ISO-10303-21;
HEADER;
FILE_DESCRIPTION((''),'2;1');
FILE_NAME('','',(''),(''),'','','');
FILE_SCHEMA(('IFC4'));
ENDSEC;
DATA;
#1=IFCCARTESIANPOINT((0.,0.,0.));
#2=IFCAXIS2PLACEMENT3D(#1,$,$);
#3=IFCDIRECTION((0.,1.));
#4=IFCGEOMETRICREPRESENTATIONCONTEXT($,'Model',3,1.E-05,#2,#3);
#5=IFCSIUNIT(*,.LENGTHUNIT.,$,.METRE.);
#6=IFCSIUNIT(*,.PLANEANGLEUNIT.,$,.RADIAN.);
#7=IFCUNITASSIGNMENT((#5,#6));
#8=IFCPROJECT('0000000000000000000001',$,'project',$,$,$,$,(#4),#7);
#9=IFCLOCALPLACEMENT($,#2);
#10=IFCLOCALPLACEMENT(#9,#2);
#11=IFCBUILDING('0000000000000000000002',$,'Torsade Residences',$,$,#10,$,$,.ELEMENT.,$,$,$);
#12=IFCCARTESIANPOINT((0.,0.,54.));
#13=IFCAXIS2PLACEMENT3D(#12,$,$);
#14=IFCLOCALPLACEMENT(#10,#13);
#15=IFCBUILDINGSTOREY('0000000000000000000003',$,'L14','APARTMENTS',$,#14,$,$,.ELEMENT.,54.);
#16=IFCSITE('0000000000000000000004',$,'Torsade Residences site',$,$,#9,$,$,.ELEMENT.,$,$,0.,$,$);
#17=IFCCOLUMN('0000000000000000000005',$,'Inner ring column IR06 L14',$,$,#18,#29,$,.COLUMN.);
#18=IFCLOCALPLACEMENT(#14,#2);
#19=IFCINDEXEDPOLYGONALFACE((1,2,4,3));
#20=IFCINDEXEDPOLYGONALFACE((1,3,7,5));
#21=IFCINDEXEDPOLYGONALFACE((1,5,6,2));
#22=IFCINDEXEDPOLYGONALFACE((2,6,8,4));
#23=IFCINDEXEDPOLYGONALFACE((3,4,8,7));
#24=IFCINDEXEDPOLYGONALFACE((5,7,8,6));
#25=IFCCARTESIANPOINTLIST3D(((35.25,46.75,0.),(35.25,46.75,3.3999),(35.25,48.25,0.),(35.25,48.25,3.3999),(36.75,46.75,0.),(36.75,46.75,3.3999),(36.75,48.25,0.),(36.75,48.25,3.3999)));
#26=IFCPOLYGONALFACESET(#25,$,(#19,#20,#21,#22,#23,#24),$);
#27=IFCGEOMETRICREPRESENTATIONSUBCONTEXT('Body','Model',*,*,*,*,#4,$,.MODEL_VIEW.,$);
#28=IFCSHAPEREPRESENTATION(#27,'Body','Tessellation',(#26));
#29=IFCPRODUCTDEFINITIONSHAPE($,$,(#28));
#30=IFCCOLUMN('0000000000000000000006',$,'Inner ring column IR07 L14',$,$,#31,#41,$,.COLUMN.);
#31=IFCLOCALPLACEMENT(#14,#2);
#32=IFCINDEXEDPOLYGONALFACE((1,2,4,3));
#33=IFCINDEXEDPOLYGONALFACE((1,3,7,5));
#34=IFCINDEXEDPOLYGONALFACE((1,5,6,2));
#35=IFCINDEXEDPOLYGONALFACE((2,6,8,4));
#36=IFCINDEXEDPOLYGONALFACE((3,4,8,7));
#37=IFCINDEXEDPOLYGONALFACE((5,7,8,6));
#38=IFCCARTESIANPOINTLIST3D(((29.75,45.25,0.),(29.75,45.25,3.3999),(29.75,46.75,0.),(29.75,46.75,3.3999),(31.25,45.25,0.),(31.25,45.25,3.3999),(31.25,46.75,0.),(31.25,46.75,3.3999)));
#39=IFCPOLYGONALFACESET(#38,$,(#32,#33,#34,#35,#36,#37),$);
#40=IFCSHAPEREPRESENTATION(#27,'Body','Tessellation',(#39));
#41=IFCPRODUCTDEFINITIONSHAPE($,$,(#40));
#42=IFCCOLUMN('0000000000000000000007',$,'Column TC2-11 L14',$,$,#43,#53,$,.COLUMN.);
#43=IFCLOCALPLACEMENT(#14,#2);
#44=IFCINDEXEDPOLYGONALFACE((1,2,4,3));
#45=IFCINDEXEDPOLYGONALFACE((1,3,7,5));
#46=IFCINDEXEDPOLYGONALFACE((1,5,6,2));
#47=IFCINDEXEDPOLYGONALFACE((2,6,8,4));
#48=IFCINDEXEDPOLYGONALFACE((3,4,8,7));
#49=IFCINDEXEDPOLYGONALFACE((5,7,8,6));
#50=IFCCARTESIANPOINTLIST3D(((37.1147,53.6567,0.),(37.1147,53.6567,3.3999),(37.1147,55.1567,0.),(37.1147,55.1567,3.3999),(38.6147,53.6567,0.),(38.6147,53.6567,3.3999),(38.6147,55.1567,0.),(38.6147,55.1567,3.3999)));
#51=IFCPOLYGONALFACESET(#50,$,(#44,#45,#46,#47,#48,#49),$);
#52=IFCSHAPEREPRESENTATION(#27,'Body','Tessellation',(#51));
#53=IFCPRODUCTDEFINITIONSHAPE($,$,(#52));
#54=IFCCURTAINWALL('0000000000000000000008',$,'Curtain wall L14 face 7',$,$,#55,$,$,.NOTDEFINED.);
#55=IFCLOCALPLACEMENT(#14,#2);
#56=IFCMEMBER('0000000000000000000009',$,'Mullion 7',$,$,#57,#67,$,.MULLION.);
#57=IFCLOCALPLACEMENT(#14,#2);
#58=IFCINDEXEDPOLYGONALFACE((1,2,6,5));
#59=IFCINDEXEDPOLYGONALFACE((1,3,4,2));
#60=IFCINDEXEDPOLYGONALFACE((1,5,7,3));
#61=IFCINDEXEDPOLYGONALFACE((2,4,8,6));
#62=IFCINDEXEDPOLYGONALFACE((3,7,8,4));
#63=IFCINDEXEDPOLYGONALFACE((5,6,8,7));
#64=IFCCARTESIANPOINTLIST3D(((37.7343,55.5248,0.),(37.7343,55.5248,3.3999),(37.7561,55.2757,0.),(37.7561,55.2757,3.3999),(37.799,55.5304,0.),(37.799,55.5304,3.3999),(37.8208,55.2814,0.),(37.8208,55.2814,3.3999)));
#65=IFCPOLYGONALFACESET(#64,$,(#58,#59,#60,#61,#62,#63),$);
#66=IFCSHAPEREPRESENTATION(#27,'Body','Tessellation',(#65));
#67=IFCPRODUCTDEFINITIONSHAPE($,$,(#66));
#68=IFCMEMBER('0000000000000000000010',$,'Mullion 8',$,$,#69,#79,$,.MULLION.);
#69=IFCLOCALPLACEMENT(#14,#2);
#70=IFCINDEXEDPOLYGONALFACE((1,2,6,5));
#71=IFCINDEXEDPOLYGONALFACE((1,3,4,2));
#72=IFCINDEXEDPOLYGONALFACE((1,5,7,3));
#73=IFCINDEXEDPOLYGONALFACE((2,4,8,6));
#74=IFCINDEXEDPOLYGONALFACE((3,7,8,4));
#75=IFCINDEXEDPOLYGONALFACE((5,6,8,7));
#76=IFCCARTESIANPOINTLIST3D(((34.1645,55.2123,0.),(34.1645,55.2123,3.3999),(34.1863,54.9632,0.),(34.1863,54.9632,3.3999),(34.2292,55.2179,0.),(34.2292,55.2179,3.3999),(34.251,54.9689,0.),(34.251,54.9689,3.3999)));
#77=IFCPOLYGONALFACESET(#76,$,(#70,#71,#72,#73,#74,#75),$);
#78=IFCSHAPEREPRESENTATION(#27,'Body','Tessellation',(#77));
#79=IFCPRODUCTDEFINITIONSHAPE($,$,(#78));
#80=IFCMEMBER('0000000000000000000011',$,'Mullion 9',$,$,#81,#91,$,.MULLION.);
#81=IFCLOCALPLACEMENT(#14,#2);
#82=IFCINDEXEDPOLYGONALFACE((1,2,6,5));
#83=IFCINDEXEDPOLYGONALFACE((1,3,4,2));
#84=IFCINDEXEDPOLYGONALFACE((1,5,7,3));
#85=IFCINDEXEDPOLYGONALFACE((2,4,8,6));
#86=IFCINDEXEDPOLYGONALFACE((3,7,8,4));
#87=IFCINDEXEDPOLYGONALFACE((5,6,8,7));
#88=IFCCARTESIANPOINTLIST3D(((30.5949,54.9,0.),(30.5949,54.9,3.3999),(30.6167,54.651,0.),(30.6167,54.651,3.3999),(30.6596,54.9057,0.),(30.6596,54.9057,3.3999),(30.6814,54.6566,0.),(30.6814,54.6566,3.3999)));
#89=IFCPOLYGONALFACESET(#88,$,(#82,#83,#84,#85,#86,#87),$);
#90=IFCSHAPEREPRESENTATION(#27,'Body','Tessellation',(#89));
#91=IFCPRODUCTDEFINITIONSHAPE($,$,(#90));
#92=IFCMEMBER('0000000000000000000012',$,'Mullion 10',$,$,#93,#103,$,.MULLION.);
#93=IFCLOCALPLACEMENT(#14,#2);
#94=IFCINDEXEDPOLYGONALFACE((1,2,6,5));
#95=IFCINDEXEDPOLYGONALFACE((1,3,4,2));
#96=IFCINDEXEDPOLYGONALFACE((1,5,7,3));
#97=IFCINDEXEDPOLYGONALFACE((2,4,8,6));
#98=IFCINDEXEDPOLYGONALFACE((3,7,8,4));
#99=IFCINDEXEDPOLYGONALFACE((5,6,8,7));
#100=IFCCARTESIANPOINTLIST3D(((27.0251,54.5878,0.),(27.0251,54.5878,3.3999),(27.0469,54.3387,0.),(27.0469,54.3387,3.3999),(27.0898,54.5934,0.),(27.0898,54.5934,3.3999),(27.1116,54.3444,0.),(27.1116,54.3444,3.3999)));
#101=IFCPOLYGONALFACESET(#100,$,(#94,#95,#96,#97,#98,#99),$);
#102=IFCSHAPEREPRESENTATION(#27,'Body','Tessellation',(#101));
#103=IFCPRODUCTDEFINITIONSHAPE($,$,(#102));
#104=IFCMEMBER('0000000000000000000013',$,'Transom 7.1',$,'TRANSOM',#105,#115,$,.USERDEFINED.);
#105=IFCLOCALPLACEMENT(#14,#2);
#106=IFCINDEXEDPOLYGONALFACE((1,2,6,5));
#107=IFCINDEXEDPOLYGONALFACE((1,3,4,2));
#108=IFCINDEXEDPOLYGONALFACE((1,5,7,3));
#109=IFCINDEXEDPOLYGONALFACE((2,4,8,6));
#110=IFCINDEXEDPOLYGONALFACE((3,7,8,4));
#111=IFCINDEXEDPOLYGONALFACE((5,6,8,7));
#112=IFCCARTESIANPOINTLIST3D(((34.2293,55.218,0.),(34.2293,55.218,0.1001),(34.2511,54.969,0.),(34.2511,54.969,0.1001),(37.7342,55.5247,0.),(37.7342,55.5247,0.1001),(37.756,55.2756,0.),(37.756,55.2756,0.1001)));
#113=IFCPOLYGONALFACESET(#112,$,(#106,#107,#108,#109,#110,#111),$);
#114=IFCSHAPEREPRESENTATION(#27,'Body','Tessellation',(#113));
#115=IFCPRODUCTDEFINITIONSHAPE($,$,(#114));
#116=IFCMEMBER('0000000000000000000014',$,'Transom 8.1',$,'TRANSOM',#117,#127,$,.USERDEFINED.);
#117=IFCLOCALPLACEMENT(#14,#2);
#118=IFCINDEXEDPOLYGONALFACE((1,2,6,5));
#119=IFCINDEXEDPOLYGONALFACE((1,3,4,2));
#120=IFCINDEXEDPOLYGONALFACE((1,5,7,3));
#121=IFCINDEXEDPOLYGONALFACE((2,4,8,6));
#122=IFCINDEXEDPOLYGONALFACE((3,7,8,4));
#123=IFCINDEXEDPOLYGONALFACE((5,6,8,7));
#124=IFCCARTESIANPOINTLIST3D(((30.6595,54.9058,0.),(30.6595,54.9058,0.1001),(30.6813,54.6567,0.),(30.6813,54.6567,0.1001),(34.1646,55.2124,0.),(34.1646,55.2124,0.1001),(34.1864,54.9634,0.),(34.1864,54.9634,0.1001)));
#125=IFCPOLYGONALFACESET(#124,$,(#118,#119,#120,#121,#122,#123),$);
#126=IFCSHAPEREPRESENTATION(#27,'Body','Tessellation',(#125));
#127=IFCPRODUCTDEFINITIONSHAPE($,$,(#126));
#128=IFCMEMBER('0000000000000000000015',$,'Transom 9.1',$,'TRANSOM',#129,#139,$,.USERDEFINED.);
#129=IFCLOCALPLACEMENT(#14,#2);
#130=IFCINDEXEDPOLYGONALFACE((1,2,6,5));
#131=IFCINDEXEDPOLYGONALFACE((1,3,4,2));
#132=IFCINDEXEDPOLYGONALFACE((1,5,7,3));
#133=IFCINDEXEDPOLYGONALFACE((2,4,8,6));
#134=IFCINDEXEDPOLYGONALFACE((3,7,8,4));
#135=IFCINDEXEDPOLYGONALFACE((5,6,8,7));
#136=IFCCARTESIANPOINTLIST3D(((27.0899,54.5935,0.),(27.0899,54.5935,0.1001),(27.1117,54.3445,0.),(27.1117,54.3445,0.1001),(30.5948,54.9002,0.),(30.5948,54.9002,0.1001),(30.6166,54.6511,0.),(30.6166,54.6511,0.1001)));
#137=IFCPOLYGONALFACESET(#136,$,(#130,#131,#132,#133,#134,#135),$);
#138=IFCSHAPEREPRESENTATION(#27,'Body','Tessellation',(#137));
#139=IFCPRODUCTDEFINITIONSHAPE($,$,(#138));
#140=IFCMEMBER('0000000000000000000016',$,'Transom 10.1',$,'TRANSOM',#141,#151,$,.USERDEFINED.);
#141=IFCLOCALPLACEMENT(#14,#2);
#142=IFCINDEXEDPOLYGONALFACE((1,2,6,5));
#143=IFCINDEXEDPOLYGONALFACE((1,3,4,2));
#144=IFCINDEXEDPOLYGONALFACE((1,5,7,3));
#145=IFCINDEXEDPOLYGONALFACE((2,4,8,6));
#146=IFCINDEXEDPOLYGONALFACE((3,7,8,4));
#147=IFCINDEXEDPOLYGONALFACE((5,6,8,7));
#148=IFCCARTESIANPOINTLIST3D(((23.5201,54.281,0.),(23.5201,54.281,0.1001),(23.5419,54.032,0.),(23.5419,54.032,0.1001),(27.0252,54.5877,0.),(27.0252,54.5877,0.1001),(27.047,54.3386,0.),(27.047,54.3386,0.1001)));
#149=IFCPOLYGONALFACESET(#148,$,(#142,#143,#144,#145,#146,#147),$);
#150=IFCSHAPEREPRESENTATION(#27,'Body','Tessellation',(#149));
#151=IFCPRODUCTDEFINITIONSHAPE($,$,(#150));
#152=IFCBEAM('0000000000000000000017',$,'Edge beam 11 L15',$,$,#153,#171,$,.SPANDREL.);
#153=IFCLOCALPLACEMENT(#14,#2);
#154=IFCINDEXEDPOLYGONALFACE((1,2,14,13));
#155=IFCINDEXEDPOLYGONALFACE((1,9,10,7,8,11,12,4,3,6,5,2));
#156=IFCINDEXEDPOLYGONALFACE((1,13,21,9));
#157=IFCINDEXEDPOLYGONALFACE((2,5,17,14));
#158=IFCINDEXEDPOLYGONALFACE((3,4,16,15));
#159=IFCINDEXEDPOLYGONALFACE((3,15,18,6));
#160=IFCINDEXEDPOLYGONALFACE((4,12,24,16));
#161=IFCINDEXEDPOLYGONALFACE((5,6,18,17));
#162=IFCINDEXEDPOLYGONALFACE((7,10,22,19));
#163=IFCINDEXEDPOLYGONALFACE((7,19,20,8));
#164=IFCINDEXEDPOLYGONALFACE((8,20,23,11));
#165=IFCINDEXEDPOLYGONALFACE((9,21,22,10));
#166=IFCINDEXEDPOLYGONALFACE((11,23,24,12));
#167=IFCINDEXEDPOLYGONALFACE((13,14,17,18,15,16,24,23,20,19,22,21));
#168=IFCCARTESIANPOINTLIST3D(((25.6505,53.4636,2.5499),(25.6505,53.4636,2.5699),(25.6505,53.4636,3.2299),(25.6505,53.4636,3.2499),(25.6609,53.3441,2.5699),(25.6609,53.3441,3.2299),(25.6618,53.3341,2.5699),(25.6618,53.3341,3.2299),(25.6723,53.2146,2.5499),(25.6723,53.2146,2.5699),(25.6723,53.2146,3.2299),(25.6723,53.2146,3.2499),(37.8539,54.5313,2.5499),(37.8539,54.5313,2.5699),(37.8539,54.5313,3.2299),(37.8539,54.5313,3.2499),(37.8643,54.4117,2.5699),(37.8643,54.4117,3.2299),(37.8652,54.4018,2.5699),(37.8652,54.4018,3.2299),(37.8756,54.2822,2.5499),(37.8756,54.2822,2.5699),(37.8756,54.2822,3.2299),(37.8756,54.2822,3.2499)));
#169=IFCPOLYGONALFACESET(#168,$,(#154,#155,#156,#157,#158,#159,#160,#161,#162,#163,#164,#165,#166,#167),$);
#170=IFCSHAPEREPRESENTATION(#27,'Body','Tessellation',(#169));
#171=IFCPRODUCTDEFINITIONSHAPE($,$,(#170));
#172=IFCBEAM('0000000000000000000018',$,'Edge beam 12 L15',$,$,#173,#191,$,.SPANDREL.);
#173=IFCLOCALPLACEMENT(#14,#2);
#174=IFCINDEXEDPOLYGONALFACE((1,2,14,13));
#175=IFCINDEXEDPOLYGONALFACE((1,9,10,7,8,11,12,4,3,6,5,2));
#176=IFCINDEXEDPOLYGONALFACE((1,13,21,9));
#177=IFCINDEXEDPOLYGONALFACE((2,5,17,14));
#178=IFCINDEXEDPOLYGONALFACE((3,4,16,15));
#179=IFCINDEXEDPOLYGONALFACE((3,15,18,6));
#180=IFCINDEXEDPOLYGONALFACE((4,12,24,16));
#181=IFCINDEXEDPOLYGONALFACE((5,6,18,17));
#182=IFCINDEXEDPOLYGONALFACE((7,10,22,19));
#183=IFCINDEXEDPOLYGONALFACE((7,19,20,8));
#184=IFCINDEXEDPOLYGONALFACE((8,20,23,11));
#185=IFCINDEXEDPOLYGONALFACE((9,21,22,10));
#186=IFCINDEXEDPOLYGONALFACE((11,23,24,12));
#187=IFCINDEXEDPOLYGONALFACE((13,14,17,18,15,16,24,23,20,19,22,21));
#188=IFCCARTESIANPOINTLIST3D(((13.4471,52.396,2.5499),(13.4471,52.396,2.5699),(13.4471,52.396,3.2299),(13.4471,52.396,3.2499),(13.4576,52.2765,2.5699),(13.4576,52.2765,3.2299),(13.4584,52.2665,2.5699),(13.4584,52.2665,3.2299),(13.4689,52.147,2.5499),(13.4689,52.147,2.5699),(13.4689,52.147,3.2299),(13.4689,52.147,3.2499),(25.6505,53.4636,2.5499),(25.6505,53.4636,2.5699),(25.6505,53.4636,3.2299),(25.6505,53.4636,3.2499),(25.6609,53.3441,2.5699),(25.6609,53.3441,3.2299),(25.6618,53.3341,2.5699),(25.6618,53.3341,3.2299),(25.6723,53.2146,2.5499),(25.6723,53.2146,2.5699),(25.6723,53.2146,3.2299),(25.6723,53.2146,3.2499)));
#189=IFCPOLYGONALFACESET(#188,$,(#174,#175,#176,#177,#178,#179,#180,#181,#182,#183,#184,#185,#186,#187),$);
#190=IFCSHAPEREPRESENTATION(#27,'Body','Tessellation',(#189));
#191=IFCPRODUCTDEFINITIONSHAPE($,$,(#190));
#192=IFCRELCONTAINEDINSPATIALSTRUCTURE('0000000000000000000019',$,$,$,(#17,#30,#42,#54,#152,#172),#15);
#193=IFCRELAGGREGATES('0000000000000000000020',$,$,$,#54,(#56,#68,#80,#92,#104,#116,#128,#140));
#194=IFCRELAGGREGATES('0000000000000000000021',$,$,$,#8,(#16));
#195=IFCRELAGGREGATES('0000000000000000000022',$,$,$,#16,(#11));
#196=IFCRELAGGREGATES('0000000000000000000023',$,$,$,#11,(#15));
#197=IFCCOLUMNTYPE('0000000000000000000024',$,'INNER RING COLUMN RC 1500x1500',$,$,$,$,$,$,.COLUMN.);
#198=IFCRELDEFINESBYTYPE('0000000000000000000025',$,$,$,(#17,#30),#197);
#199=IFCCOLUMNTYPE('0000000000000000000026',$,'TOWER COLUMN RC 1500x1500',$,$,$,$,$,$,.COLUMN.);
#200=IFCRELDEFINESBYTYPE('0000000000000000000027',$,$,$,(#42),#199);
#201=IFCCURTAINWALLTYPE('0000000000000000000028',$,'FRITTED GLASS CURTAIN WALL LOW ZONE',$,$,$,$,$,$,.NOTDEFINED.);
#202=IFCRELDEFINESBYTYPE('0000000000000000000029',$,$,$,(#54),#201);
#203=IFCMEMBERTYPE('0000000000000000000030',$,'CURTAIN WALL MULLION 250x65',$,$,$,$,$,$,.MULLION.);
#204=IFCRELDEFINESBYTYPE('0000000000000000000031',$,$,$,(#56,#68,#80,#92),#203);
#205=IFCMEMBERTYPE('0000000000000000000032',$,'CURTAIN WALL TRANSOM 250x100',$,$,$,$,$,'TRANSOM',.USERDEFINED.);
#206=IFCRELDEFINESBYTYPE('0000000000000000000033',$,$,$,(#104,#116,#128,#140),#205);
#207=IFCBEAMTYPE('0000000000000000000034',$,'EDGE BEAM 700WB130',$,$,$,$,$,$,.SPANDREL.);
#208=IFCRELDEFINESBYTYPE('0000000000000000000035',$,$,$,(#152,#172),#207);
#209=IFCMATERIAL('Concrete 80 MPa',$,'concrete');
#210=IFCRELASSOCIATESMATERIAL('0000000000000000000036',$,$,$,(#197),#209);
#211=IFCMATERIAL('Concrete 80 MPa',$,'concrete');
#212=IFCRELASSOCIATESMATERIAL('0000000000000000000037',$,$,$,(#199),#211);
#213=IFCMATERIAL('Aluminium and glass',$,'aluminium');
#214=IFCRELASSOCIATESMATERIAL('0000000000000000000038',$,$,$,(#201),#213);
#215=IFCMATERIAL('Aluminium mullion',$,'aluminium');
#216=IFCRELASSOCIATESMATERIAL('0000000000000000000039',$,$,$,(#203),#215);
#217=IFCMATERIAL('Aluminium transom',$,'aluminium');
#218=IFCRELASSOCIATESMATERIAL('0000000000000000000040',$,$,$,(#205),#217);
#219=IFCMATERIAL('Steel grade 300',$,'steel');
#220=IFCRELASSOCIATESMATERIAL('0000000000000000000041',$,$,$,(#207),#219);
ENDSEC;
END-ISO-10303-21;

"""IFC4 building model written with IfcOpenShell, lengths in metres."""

from ifc_helpers import new_model, si_unit, direction, frame, origin, origin_2d, place, context, subcontext, project, spatial, rectangle, i_section, extrude, material, material_profile, profile_set, type_object, element, aggregate, save


model = new_model("IFC4")

# Units and contexts
model_context = context("Model", 3, precision=1e-05, world=origin(), true_north=direction((0.0, 1.0)))
body_context = subcontext(model_context, "Body", "Model", "MODEL_VIEW")
ifc_project = project(units=[si_unit("LENGTHUNIT", "METRE"), si_unit("PLANEANGLEUNIT", "RADIAN")], contexts=[model_context])

# Site, building, storey
site_placement = place(None, origin())
site = spatial("IfcSite", under=ifc_project, at=site_placement, Name="Torsade Residences site", CompositionType="ELEMENT", RefElevation=0.0)
building_placement = place(site_placement, origin())
building = spatial("IfcBuilding", under=site, at=building_placement, Name="Torsade Residences", CompositionType="ELEMENT")
storey_placement = place(building_placement, frame((0.0, 0.0, 54.0)))
storey = spatial("IfcBuildingStorey", under=building, at=storey_placement, Name="L14", Description="APARTMENTS", CompositionType="ELEMENT", Elevation=54.0)

# Columns
ifc_material_1 = material(Name="Concrete 80 MPa", Category="concrete")
ifc_material_profile_1 = material_profile(ifc_material_1, rectangle(XDim=1.5, YDim=1.5, at=origin_2d()), Name="RC 1500x1500")
ifc_profile_set_1 = profile_set([ifc_material_profile_1], Name="Concrete 80 MPa")
column_type_1 = type_object("IfcColumnType", Name="INNER RING COLUMN RC 1500x1500", PredefinedType="COLUMN", material=ifc_profile_set_1)
for number, where, z_axis, x_axis, name in (
    (1, (36.0, 47.5, 0.0), (0.0, 0.0, 1.0), (1.0, 0.0, 0.0), "Inner ring column IR06 L14"),
    (2, (30.5, 46.0, 0.0), (0.0, 0.0, 1.0), (1.0, 0.0, 0.0), "Inner ring column IR07 L14"),
):
    element("IfcColumn", number, at=place(storey_placement, frame(where, z_axis=z_axis, x_axis=x_axis)), inside=storey, type_object=column_type_1, Name=name, PredefinedType="COLUMN", context=body_context, shape_type="SweptSolid", body=[
        extrude(rectangle(XDim=1.5, YDim=1.5, at=origin_2d()), origin(), (0.0, 0.0, 1.0), 3.3999),
    ])
ifc_material_2 = material(Name="Concrete 80 MPa", Category="concrete")
ifc_material_profile_2 = material_profile(ifc_material_2, rectangle(XDim=1.5, YDim=1.5, at=origin_2d()), Name="RC 1500x1500")
ifc_profile_set_2 = profile_set([ifc_material_profile_2], Name="Concrete 80 MPa")
column_type_2 = type_object("IfcColumnType", Name="TOWER COLUMN RC 1500x1500", PredefinedType="COLUMN", material=ifc_profile_set_2)
column_placement = place(storey_placement, frame((37.8647, 54.4067, 0.0), z_axis=(0.0, 0.0, 1.0), x_axis=(1.0, 0.0, 0.0)))
element("IfcColumn", 3, at=column_placement, inside=storey, type_object=column_type_2, Name="Column TC2-11 L14", PredefinedType="COLUMN", context=body_context, shape_type="SweptSolid", body=[
    extrude(rectangle(XDim=1.5, YDim=1.5, at=origin_2d()), origin(), (0.0, 0.0, 1.0), 3.3999),
])

# Curtain wall, members
ifc_material_3 = material(Name="Aluminium and glass", Category="aluminium")
curtain_wall_type = type_object("IfcCurtainWallType", Name="FRITTED GLASS CURTAIN WALL LOW ZONE", PredefinedType="NOTDEFINED", material=ifc_material_3)
curtain_wall_placement = place(storey_placement, origin())
curtain_wall = element("IfcCurtainWall", 4, at=curtain_wall_placement, inside=storey, type_object=curtain_wall_type, Name="Curtain wall L14 face 7", PredefinedType="NOTDEFINED")
ifc_material_4 = material(Name="Aluminium mullion", Category="aluminium")
ifc_material_profile_3 = material_profile(ifc_material_4, rectangle(XDim=0.25, YDim=0.0649, at=origin_2d()), Name="CURTAIN WALL MULLION 250x65")
ifc_profile_set_3 = profile_set([ifc_material_profile_3], Name="Aluminium mullion")
member_type_1 = type_object("IfcMemberType", Name="CURTAIN WALL MULLION 250x65", PredefinedType="MULLION", material=ifc_profile_set_3)
member_1_placement = place(storey_placement, frame((37.7776, 55.4031, 0.0), z_axis=(0.0, 0.0, 1.0), x_axis=(0.087156, -0.996195, 0.0)))
member_1 = element("IfcMember", 5, at=member_1_placement, type_object=member_type_1, Name="Mullion 7", PredefinedType="MULLION", context=body_context, shape_type="SweptSolid", body=[
    extrude(rectangle(XDim=0.25, YDim=0.0649, at=origin_2d()), origin(), (0.0, 0.0, 1.0), 3.3999),
])
member_2_placement = place(storey_placement, frame((34.2078, 55.0906, 0.0), z_axis=(0.0, 0.0, 1.0), x_axis=(0.087156, -0.996195, 0.0)))
member_2 = element("IfcMember", 6, at=member_2_placement, type_object=member_type_1, Name="Mullion 8", PredefinedType="MULLION", context=body_context, shape_type="SweptSolid", body=[
    extrude(rectangle(XDim=0.25, YDim=0.0649, at=origin_2d()), origin(), (0.0, 0.0, 1.0), 3.3999),
])
member_3_placement = place(storey_placement, frame((30.6382, 54.7783, 0.0), z_axis=(0.0, 0.0, 1.0), x_axis=(0.087156, -0.996195, 0.0)))
member_3 = element("IfcMember", 7, at=member_3_placement, type_object=member_type_1, Name="Mullion 9", PredefinedType="MULLION", context=body_context, shape_type="SweptSolid", body=[
    extrude(rectangle(XDim=0.25, YDim=0.0649, at=origin_2d()), origin(), (0.0, 0.0, 1.0), 3.3999),
])
member_4_placement = place(storey_placement, frame((27.0684, 54.4661, 0.0), z_axis=(0.0, 0.0, 1.0), x_axis=(0.087156, -0.996195, 0.0)))
member_4 = element("IfcMember", 8, at=member_4_placement, type_object=member_type_1, Name="Mullion 10", PredefinedType="MULLION", context=body_context, shape_type="SweptSolid", body=[
    extrude(rectangle(XDim=0.25, YDim=0.0649, at=origin_2d()), origin(), (0.0, 0.0, 1.0), 3.3999),
])
ifc_material_5 = material(Name="Aluminium transom", Category="aluminium")
ifc_material_profile_4 = material_profile(ifc_material_5, rectangle(XDim=0.25, YDim=0.1001, at=origin_2d()), Name="CURTAIN WALL TRANSOM 250x100")
ifc_profile_set_4 = profile_set([ifc_material_profile_4], Name="Aluminium transom")
member_type_2 = type_object("IfcMemberType", Name="CURTAIN WALL TRANSOM 250x100", ElementType="TRANSOM", PredefinedType="USERDEFINED", material=ifc_profile_set_4)
member_5_placement = place(storey_placement, frame((37.7451, 55.4001, 0.05), z_axis=(-0.996195, -0.087157, 0.0), x_axis=(0.087157, -0.996195, 0.0)))
member_5 = element("IfcMember", 9, at=member_5_placement, type_object=member_type_2, Name="Transom 7.1", ObjectType="TRANSOM", PredefinedType="USERDEFINED", context=body_context, shape_type="SweptSolid", body=[
    extrude(rectangle(XDim=0.25, YDim=0.1001, at=origin_2d()), origin(), (0.0, 0.0, 1.0), 3.5183),
])
member_6_placement = place(storey_placement, frame((34.1755, 55.0879, 0.05), z_axis=(-0.996195, -0.087151, 0.0), x_axis=(0.087151, -0.996195, 0.0)))
member_6 = element("IfcMember", 10, at=member_6_placement, type_object=member_type_2, Name="Transom 8.1", ObjectType="TRANSOM", PredefinedType="USERDEFINED", context=body_context, shape_type="SweptSolid", body=[
    extrude(rectangle(XDim=0.25, YDim=0.1001, at=origin_2d()), origin(), (0.0, 0.0, 1.0), 3.5186),
])
member_7_placement = place(storey_placement, frame((30.6057, 54.7756, 0.05), z_axis=(-0.996195, -0.087157, 0.0), x_axis=(0.087157, -0.996195, 0.0)))
member_7 = element("IfcMember", 11, at=member_7_placement, type_object=member_type_2, Name="Transom 9.1", ObjectType="TRANSOM", PredefinedType="USERDEFINED", context=body_context, shape_type="SweptSolid", body=[
    extrude(rectangle(XDim=0.25, YDim=0.1001, at=origin_2d()), origin(), (0.0, 0.0, 1.0), 3.5183),
])
member_8_placement = place(storey_placement, frame((27.0361, 54.4631, 0.05), z_axis=(-0.996195, -0.087151, 0.0), x_axis=(0.087151, -0.996195, 0.0)))
member_8 = element("IfcMember", 12, at=member_8_placement, type_object=member_type_2, Name="Transom 10.1", ObjectType="TRANSOM", PredefinedType="USERDEFINED", context=body_context, shape_type="SweptSolid", body=[
    extrude(rectangle(XDim=0.25, YDim=0.1001, at=origin_2d()), origin(), (0.0, 0.0, 1.0), 3.5186),
])

# Beams
ifc_material_6 = material(Name="Steel grade 300", Category="steel")
ifc_material_profile_5 = material_profile(ifc_material_6, i_section(OverallWidth=0.25, OverallDepth=0.7, WebThickness=0.01, FlangeThickness=0.02, at=origin_2d()), Name="700WB130")
ifc_profile_set_5 = profile_set([ifc_material_profile_5], Name="Steel grade 300")
beam_type_1 = type_object("IfcBeamType", Name="EDGE BEAM 700WB130", PredefinedType="SPANDREL", material=ifc_profile_set_5)
for number, where, z_axis, x_axis, name in (
    (13, (37.8647, 54.4067, 2.8999), (-0.996195, -0.087153, 0.0), (0.087153, -0.996195, 0.0), "Edge beam 11 L15"),
    (14, (25.6614, 53.3391, 2.8999), (-0.996195, -0.087153, 0.0), (0.087153, -0.996195, 0.0), "Edge beam 12 L15"),
):
    element("IfcBeam", number, at=place(storey_placement, frame(where, z_axis=z_axis, x_axis=x_axis)), inside=storey, type_object=beam_type_1, Name=name, PredefinedType="SPANDREL", context=body_context, shape_type="SweptSolid", body=[
        extrude(i_section(OverallWidth=0.25, OverallDepth=0.7, WebThickness=0.01, FlangeThickness=0.02, at=origin_2d()), origin(), (0.0, 0.0, 1.0), 12.25),
    ])

aggregate(curtain_wall, [member_1, member_2, member_3, member_4, member_5, member_6, member_7, member_8])

save(model, "model.ifc")
